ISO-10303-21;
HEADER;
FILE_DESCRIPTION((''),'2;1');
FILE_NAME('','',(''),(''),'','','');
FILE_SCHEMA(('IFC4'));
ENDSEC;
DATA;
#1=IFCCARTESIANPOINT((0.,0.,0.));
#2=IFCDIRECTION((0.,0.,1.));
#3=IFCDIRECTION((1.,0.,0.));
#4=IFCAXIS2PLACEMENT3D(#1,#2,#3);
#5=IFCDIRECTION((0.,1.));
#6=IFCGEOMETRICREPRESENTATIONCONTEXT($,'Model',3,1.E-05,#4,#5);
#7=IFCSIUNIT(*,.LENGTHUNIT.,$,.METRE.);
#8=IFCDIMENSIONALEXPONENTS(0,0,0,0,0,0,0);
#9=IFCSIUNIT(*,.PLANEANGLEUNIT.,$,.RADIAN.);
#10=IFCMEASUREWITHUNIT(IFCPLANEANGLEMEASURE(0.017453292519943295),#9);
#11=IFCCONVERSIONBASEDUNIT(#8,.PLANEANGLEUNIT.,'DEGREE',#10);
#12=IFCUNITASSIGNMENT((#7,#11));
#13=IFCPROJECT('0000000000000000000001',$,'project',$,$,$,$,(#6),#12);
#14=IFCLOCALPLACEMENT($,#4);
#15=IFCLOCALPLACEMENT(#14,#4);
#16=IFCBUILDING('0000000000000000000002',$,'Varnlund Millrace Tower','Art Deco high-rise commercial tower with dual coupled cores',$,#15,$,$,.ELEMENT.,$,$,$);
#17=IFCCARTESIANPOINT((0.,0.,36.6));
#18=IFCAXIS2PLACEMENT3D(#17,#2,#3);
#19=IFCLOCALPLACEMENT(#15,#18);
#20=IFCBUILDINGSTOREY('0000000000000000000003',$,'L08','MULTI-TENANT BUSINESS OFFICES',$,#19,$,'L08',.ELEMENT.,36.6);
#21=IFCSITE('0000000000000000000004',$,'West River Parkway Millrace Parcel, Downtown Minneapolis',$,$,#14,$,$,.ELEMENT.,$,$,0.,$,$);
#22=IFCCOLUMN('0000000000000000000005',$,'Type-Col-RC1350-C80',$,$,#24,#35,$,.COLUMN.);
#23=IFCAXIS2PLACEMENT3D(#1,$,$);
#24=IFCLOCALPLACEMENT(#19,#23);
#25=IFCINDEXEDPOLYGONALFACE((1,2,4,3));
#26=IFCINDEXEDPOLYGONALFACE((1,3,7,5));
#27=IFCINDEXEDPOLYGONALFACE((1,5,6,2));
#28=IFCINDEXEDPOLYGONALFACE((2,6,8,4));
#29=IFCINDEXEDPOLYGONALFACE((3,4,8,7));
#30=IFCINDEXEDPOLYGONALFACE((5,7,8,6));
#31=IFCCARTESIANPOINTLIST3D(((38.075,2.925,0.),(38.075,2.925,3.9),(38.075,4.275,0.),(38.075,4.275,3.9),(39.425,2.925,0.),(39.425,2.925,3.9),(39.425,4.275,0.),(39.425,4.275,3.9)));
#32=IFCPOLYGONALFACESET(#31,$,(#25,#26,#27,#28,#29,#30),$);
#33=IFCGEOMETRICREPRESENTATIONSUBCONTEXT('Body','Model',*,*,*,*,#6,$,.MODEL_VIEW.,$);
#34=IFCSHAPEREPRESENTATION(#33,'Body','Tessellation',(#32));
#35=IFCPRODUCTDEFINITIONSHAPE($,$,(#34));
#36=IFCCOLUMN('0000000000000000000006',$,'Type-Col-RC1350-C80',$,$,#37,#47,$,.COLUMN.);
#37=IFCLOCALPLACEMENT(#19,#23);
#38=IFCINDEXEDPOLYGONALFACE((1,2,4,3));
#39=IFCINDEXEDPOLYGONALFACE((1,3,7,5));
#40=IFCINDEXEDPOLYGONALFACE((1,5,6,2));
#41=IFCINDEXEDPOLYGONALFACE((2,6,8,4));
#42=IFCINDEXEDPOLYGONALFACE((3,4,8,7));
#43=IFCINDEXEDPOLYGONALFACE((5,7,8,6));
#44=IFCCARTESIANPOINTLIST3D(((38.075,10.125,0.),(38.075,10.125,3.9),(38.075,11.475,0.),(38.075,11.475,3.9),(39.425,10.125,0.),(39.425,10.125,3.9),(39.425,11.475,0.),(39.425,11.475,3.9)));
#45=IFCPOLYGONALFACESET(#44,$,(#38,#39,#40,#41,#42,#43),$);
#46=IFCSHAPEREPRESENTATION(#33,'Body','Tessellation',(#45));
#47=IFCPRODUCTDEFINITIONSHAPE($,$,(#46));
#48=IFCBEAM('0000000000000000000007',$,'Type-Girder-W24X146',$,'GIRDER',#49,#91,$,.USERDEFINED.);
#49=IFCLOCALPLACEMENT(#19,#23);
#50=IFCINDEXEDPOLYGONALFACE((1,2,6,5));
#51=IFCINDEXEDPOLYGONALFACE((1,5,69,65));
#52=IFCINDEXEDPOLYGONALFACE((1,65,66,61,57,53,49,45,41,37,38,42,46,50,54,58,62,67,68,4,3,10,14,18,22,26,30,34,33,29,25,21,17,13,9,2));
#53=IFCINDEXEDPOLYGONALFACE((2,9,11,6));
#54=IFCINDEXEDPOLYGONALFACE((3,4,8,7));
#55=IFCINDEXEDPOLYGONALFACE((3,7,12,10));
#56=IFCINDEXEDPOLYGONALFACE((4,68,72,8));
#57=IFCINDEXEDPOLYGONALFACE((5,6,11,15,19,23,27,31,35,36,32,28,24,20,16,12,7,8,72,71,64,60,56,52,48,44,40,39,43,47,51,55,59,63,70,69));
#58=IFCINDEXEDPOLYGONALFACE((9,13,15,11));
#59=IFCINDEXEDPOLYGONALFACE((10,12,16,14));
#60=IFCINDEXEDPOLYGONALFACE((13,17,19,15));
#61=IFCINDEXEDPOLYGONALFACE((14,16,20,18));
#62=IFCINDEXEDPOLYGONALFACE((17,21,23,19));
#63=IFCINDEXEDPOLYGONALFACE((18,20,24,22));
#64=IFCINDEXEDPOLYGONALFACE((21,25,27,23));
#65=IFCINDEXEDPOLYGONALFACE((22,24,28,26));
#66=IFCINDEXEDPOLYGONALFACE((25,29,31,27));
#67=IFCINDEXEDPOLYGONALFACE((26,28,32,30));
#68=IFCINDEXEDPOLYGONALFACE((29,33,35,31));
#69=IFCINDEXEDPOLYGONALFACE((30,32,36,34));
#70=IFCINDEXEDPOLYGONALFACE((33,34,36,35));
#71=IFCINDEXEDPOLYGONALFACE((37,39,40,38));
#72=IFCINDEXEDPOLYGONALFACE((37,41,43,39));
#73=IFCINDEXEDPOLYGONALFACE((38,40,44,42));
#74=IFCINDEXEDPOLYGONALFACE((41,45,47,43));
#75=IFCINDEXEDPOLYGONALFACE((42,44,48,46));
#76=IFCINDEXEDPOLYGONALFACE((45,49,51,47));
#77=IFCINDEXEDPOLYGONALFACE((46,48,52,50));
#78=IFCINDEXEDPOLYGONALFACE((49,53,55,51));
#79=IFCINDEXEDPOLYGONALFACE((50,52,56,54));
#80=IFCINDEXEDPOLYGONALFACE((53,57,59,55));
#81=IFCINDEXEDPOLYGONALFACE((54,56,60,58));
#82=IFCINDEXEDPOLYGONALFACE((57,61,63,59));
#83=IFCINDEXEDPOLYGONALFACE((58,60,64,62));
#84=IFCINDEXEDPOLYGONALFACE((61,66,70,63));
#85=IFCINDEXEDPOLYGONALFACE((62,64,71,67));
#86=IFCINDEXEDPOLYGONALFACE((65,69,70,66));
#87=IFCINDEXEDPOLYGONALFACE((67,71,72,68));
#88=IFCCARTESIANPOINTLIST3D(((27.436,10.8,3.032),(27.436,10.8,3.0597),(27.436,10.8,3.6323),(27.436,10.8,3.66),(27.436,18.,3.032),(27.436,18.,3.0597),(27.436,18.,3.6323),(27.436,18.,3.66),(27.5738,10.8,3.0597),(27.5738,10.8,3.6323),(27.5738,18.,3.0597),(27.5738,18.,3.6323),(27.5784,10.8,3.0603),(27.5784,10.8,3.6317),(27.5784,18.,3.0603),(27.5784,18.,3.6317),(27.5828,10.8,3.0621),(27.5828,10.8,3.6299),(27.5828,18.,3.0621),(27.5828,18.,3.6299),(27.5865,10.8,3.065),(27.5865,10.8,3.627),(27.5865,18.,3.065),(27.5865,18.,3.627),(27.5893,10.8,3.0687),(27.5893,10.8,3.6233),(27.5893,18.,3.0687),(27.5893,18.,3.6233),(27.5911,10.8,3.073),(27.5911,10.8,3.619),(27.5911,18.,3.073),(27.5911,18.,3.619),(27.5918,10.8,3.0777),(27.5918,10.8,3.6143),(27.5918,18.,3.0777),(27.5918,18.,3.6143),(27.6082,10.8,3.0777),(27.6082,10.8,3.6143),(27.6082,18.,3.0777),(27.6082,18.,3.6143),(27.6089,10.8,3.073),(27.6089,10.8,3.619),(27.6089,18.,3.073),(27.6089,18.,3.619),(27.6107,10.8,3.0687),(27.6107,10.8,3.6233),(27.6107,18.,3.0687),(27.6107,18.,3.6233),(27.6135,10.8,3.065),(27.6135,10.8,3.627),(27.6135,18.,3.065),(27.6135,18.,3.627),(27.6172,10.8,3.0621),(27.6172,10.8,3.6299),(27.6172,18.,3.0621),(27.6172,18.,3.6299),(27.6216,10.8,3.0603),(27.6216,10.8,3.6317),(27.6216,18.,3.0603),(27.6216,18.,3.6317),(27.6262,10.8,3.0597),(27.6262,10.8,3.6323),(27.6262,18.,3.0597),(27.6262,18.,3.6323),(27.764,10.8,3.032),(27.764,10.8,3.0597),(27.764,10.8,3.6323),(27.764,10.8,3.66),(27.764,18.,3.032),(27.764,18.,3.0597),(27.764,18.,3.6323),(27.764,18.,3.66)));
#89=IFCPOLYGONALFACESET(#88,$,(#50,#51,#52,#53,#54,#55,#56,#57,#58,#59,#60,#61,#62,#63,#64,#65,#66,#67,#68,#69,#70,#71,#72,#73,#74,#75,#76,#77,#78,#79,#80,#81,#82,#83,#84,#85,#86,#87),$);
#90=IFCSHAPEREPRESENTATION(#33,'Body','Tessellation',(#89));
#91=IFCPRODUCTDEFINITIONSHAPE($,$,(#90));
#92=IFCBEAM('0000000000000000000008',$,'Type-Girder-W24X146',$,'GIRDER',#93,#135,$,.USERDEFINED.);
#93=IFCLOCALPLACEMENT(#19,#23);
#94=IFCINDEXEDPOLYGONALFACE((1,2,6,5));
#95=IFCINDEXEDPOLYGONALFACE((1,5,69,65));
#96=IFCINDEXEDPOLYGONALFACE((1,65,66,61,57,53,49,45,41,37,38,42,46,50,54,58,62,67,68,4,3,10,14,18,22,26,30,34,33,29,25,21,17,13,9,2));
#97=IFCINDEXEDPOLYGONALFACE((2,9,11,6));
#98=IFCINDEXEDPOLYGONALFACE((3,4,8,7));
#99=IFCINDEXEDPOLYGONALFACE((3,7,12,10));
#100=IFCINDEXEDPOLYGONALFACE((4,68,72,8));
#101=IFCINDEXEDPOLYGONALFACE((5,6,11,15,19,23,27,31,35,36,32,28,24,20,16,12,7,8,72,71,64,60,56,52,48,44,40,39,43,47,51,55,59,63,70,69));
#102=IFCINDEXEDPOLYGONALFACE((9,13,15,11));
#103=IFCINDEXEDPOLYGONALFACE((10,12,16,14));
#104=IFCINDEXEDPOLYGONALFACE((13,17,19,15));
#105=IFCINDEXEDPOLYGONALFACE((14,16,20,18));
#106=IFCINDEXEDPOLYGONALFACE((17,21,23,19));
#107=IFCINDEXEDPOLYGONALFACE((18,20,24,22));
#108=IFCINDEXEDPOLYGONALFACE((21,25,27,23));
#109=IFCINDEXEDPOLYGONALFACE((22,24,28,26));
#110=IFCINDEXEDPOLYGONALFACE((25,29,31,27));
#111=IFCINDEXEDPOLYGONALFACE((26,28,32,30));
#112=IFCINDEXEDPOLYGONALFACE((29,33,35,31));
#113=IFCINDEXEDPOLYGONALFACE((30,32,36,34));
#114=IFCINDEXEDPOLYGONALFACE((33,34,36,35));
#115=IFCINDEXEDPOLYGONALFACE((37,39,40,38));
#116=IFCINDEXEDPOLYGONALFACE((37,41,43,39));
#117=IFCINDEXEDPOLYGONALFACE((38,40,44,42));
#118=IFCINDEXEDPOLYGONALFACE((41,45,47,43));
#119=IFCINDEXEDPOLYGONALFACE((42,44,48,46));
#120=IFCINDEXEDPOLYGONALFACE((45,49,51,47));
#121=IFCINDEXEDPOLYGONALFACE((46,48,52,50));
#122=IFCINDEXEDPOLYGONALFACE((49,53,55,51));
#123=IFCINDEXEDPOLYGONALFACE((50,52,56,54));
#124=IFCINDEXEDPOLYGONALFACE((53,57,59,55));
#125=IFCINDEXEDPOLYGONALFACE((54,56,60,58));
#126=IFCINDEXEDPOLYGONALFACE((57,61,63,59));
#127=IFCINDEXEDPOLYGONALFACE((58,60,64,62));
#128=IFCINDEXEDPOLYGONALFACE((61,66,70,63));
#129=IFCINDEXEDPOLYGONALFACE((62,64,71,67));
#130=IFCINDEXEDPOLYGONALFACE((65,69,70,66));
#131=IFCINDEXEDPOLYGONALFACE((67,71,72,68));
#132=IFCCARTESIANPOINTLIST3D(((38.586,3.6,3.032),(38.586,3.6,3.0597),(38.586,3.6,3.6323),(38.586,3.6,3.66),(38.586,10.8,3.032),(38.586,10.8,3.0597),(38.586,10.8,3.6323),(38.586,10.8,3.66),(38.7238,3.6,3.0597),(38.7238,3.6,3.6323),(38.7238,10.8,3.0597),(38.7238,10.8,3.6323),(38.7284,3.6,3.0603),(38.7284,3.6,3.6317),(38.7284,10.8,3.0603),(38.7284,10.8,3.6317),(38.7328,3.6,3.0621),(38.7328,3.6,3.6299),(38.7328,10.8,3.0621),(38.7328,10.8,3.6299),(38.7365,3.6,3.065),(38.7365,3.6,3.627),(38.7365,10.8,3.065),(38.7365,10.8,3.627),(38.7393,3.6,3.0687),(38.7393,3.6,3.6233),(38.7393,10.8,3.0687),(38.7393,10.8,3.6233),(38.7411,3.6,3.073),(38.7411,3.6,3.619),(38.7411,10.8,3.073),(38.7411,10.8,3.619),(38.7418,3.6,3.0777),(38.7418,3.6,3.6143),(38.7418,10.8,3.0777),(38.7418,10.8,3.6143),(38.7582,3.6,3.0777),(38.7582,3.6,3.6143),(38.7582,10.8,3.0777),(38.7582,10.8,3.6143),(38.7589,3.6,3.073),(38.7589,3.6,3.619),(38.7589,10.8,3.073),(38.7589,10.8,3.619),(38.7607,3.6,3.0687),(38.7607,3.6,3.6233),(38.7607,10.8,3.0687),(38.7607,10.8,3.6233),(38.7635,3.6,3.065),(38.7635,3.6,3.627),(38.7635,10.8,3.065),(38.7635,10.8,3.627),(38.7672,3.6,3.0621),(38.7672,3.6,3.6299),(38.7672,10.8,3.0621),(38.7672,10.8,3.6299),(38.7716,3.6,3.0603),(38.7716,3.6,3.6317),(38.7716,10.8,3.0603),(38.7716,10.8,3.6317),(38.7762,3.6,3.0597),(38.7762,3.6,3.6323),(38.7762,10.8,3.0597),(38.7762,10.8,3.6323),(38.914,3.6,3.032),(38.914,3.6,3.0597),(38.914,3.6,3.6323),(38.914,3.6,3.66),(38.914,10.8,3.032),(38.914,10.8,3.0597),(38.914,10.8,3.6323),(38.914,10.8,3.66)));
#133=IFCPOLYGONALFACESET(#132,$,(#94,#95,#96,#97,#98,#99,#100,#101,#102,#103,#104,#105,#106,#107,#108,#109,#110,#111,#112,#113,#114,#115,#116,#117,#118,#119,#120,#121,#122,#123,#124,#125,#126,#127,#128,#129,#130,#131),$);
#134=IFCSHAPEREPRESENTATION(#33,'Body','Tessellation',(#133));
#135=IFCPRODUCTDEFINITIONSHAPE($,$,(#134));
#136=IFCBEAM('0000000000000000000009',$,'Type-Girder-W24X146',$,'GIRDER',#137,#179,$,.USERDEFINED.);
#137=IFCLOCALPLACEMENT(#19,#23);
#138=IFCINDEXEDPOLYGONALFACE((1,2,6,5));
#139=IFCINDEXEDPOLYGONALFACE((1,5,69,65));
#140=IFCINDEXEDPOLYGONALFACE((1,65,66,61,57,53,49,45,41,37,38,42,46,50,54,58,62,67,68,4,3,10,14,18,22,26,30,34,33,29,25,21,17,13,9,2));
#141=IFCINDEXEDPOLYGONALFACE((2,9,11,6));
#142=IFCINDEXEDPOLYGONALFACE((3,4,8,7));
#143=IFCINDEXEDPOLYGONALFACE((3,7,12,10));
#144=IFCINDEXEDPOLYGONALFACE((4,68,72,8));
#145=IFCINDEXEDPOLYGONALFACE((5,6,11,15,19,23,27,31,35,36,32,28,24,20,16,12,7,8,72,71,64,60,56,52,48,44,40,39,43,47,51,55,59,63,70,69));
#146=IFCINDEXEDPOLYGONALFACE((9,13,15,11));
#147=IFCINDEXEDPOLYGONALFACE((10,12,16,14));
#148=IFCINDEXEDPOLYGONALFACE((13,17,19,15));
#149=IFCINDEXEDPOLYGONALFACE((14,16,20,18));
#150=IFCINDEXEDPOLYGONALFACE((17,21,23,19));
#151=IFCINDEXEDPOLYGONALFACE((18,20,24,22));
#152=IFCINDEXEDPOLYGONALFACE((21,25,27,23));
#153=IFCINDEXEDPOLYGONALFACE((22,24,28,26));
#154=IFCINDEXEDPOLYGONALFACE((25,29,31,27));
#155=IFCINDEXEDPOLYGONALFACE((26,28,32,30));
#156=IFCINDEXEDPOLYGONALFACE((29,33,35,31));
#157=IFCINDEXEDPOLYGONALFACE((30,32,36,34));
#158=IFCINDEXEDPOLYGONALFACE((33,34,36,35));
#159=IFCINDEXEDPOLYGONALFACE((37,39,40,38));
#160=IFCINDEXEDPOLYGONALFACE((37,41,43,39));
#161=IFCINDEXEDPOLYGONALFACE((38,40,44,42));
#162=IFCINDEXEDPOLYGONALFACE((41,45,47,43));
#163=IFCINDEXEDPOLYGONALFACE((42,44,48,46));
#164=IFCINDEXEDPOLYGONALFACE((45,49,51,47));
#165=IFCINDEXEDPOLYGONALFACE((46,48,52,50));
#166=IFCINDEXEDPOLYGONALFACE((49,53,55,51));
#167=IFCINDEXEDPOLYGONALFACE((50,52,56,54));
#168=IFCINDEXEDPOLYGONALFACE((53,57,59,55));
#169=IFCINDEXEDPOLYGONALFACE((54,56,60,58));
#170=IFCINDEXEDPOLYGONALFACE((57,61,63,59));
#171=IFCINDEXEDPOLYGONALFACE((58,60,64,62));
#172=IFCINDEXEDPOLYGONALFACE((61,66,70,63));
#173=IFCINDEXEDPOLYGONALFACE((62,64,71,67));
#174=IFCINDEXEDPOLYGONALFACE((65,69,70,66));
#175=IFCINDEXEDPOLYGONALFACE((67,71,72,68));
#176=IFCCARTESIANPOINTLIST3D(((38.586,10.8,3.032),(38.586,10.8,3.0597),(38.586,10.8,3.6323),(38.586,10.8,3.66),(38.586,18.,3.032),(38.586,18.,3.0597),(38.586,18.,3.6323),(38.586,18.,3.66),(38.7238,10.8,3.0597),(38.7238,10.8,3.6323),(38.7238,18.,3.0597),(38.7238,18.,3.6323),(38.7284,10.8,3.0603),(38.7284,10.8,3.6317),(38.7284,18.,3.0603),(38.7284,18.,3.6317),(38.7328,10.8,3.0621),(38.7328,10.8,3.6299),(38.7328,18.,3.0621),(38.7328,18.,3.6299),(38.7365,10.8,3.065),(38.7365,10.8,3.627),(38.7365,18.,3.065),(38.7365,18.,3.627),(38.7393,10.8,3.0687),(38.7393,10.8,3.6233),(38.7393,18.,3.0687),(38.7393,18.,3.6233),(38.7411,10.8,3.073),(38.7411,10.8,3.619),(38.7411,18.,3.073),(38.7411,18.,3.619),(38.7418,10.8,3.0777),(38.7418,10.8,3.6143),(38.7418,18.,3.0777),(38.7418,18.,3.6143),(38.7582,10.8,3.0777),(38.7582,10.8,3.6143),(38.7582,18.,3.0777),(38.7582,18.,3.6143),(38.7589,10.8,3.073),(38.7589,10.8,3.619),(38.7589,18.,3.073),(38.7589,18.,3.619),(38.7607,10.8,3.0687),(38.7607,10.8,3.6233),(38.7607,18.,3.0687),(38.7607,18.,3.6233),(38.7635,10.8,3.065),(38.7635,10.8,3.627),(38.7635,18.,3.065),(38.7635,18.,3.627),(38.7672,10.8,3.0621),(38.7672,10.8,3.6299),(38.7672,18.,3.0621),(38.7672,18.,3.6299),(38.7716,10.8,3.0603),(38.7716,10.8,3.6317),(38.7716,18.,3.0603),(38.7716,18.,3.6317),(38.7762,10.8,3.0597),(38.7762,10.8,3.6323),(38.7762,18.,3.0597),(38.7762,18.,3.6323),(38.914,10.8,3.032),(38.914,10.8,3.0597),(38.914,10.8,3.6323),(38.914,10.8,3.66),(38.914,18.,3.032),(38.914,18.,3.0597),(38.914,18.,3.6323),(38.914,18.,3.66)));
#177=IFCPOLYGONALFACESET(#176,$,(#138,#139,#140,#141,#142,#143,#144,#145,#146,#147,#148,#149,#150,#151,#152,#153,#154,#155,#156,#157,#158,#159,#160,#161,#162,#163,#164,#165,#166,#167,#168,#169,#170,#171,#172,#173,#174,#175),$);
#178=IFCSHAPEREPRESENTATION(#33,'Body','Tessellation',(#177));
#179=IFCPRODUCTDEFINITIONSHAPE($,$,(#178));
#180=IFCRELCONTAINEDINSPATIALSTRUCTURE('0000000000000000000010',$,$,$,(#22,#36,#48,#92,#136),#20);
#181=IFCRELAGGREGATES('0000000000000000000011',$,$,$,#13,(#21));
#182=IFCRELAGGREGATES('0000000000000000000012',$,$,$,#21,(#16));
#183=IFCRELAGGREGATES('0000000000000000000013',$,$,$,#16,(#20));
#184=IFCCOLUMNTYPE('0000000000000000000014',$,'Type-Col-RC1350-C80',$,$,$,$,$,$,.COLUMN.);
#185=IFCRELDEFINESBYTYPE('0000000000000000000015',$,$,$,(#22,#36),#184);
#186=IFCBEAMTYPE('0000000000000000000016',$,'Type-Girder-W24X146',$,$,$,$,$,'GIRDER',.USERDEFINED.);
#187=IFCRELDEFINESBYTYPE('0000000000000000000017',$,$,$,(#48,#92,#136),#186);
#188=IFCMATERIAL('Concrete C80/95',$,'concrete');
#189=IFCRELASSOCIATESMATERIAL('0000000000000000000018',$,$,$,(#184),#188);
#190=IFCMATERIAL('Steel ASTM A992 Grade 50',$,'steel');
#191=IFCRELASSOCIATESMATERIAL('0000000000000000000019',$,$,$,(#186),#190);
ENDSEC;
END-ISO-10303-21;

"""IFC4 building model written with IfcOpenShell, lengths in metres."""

from ifc_helpers import new_model, entity, si_unit, converted_unit, direction, frame, origin_with_axes, origin_2d_with_axis, place, context, subcontext, project, spatial, rectangle, i_section, extrude, material, material_profile, profile_set, type_object, element, save


model = new_model("IFC4")

# Units and contexts
model_context = context("Model", 3, precision=1e-05, world=origin_with_axes(), true_north=direction((0.0, 1.0)))
body_context = subcontext(model_context, "Body", "Model", "MODEL_VIEW")
ifc_project = project(units=[si_unit("LENGTHUNIT", "METRE"), converted_unit("PLANEANGLEUNIT", "DEGREE", entity("IfcPlaneAngleMeasure", 0.017453292519943295), si_unit("PLANEANGLEUNIT", "RADIAN"), dimensions=[0, 0, 0, 0, 0, 0, 0])], contexts=[model_context])

# Site, building, storey
site_placement = place(None, origin_with_axes())
site = spatial("IfcSite", under=ifc_project, at=site_placement, Name="West River Parkway Millrace Parcel, Downtown Minneapolis", CompositionType="ELEMENT", RefElevation=0.0)
building_placement = place(site_placement, origin_with_axes())
building = spatial("IfcBuilding", under=site, at=building_placement, Name="Varnlund Millrace Tower", Description="Art Deco high-rise commercial tower with dual coupled cores", CompositionType="ELEMENT")
storey_placement = place(building_placement, frame((0.0, 0.0, 36.6), z_axis=(0.0, 0.0, 1.0), x_axis=(1.0, 0.0, 0.0)))
storey = spatial("IfcBuildingStorey", under=building, at=storey_placement, Name="L08", Description="MULTI-TENANT BUSINESS OFFICES", LongName="L08", CompositionType="ELEMENT", Elevation=36.6)

# Columns
ifc_material_1 = material(Name="Concrete C80/95", Category="concrete")
ifc_material_profile_1 = material_profile(ifc_material_1, rectangle(XDim=1.35, YDim=1.35, at=origin_2d_with_axis()), Name="Concrete C80/95")
ifc_profile_set_1 = profile_set([ifc_material_profile_1], Name="Concrete C80/95")
column_type = type_object("IfcColumnType", Name="Type-Col-RC1350-C80", PredefinedType="COLUMN", material=ifc_profile_set_1)
for number, where, z_axis, x_axis, name in (
    (1, (38.75, 3.6, 0.0), (0.0, 0.0, 1.0), (1.0, 0.0, 0.0), "Type-Col-RC1350-C80"),
    (2, (38.75, 10.8, 0.0), (0.0, 0.0, 1.0), (1.0, 0.0, 0.0), "Type-Col-RC1350-C80"),
):
    element("IfcColumn", number, at=place(storey_placement, frame(where, z_axis=z_axis, x_axis=x_axis)), inside=storey, type_object=column_type, Name=name, PredefinedType="COLUMN", context=body_context, shape_type="SweptSolid", body=[
        extrude(rectangle(XDim=1.35, YDim=1.35, at=origin_2d_with_axis()), origin_with_axes(), (0.0, 0.0, 1.0), 3.9),
    ])

# Beams
ifc_material_2 = material(Name="Steel ASTM A992 Grade 50", Category="steel")
ifc_material_profile_2 = material_profile(ifc_material_2, i_section(OverallWidth=0.328, OverallDepth=0.628, WebThickness=0.0165, FlangeThickness=0.0277, FilletRadius=0.018, at=origin_2d_with_axis()), Name="Steel ASTM A992 Grade 50")
ifc_profile_set_2 = profile_set([ifc_material_profile_2], Name="Steel ASTM A992 Grade 50")
beam_type_1 = type_object("IfcBeamType", Name="Type-Girder-W24X146", ElementType="GIRDER", PredefinedType="USERDEFINED", material=ifc_profile_set_2)
for number, where, z_axis, x_axis, name in (
    (3, (27.6, 10.8, 3.346), (0.0, 1.0, 0.0), (-1.0, 0.0, 0.0), "Type-Girder-W24X146"),
    (4, (38.75, 3.6, 3.346), (0.0, 1.0, 0.0), (-1.0, 0.0, 0.0), "Type-Girder-W24X146"),
    (5, (38.75, 10.8, 3.346), (0.0, 1.0, 0.0), (-1.0, 0.0, 0.0), "Type-Girder-W24X146"),
):
    element("IfcBeam", number, at=place(storey_placement, frame(where, z_axis=z_axis, x_axis=x_axis)), inside=storey, type_object=beam_type_1, Name=name, ObjectType="GIRDER", PredefinedType="USERDEFINED", context=body_context, shape_type="SweptSolid", body=[
        extrude(i_section(OverallWidth=0.328, OverallDepth=0.628, WebThickness=0.0165, FlangeThickness=0.0277, FilletRadius=0.018, at=origin_2d_with_axis()), origin_with_axes(), (0.0, 0.0, 1.0), 7.2),
    ])

save(model, "model.ifc")
